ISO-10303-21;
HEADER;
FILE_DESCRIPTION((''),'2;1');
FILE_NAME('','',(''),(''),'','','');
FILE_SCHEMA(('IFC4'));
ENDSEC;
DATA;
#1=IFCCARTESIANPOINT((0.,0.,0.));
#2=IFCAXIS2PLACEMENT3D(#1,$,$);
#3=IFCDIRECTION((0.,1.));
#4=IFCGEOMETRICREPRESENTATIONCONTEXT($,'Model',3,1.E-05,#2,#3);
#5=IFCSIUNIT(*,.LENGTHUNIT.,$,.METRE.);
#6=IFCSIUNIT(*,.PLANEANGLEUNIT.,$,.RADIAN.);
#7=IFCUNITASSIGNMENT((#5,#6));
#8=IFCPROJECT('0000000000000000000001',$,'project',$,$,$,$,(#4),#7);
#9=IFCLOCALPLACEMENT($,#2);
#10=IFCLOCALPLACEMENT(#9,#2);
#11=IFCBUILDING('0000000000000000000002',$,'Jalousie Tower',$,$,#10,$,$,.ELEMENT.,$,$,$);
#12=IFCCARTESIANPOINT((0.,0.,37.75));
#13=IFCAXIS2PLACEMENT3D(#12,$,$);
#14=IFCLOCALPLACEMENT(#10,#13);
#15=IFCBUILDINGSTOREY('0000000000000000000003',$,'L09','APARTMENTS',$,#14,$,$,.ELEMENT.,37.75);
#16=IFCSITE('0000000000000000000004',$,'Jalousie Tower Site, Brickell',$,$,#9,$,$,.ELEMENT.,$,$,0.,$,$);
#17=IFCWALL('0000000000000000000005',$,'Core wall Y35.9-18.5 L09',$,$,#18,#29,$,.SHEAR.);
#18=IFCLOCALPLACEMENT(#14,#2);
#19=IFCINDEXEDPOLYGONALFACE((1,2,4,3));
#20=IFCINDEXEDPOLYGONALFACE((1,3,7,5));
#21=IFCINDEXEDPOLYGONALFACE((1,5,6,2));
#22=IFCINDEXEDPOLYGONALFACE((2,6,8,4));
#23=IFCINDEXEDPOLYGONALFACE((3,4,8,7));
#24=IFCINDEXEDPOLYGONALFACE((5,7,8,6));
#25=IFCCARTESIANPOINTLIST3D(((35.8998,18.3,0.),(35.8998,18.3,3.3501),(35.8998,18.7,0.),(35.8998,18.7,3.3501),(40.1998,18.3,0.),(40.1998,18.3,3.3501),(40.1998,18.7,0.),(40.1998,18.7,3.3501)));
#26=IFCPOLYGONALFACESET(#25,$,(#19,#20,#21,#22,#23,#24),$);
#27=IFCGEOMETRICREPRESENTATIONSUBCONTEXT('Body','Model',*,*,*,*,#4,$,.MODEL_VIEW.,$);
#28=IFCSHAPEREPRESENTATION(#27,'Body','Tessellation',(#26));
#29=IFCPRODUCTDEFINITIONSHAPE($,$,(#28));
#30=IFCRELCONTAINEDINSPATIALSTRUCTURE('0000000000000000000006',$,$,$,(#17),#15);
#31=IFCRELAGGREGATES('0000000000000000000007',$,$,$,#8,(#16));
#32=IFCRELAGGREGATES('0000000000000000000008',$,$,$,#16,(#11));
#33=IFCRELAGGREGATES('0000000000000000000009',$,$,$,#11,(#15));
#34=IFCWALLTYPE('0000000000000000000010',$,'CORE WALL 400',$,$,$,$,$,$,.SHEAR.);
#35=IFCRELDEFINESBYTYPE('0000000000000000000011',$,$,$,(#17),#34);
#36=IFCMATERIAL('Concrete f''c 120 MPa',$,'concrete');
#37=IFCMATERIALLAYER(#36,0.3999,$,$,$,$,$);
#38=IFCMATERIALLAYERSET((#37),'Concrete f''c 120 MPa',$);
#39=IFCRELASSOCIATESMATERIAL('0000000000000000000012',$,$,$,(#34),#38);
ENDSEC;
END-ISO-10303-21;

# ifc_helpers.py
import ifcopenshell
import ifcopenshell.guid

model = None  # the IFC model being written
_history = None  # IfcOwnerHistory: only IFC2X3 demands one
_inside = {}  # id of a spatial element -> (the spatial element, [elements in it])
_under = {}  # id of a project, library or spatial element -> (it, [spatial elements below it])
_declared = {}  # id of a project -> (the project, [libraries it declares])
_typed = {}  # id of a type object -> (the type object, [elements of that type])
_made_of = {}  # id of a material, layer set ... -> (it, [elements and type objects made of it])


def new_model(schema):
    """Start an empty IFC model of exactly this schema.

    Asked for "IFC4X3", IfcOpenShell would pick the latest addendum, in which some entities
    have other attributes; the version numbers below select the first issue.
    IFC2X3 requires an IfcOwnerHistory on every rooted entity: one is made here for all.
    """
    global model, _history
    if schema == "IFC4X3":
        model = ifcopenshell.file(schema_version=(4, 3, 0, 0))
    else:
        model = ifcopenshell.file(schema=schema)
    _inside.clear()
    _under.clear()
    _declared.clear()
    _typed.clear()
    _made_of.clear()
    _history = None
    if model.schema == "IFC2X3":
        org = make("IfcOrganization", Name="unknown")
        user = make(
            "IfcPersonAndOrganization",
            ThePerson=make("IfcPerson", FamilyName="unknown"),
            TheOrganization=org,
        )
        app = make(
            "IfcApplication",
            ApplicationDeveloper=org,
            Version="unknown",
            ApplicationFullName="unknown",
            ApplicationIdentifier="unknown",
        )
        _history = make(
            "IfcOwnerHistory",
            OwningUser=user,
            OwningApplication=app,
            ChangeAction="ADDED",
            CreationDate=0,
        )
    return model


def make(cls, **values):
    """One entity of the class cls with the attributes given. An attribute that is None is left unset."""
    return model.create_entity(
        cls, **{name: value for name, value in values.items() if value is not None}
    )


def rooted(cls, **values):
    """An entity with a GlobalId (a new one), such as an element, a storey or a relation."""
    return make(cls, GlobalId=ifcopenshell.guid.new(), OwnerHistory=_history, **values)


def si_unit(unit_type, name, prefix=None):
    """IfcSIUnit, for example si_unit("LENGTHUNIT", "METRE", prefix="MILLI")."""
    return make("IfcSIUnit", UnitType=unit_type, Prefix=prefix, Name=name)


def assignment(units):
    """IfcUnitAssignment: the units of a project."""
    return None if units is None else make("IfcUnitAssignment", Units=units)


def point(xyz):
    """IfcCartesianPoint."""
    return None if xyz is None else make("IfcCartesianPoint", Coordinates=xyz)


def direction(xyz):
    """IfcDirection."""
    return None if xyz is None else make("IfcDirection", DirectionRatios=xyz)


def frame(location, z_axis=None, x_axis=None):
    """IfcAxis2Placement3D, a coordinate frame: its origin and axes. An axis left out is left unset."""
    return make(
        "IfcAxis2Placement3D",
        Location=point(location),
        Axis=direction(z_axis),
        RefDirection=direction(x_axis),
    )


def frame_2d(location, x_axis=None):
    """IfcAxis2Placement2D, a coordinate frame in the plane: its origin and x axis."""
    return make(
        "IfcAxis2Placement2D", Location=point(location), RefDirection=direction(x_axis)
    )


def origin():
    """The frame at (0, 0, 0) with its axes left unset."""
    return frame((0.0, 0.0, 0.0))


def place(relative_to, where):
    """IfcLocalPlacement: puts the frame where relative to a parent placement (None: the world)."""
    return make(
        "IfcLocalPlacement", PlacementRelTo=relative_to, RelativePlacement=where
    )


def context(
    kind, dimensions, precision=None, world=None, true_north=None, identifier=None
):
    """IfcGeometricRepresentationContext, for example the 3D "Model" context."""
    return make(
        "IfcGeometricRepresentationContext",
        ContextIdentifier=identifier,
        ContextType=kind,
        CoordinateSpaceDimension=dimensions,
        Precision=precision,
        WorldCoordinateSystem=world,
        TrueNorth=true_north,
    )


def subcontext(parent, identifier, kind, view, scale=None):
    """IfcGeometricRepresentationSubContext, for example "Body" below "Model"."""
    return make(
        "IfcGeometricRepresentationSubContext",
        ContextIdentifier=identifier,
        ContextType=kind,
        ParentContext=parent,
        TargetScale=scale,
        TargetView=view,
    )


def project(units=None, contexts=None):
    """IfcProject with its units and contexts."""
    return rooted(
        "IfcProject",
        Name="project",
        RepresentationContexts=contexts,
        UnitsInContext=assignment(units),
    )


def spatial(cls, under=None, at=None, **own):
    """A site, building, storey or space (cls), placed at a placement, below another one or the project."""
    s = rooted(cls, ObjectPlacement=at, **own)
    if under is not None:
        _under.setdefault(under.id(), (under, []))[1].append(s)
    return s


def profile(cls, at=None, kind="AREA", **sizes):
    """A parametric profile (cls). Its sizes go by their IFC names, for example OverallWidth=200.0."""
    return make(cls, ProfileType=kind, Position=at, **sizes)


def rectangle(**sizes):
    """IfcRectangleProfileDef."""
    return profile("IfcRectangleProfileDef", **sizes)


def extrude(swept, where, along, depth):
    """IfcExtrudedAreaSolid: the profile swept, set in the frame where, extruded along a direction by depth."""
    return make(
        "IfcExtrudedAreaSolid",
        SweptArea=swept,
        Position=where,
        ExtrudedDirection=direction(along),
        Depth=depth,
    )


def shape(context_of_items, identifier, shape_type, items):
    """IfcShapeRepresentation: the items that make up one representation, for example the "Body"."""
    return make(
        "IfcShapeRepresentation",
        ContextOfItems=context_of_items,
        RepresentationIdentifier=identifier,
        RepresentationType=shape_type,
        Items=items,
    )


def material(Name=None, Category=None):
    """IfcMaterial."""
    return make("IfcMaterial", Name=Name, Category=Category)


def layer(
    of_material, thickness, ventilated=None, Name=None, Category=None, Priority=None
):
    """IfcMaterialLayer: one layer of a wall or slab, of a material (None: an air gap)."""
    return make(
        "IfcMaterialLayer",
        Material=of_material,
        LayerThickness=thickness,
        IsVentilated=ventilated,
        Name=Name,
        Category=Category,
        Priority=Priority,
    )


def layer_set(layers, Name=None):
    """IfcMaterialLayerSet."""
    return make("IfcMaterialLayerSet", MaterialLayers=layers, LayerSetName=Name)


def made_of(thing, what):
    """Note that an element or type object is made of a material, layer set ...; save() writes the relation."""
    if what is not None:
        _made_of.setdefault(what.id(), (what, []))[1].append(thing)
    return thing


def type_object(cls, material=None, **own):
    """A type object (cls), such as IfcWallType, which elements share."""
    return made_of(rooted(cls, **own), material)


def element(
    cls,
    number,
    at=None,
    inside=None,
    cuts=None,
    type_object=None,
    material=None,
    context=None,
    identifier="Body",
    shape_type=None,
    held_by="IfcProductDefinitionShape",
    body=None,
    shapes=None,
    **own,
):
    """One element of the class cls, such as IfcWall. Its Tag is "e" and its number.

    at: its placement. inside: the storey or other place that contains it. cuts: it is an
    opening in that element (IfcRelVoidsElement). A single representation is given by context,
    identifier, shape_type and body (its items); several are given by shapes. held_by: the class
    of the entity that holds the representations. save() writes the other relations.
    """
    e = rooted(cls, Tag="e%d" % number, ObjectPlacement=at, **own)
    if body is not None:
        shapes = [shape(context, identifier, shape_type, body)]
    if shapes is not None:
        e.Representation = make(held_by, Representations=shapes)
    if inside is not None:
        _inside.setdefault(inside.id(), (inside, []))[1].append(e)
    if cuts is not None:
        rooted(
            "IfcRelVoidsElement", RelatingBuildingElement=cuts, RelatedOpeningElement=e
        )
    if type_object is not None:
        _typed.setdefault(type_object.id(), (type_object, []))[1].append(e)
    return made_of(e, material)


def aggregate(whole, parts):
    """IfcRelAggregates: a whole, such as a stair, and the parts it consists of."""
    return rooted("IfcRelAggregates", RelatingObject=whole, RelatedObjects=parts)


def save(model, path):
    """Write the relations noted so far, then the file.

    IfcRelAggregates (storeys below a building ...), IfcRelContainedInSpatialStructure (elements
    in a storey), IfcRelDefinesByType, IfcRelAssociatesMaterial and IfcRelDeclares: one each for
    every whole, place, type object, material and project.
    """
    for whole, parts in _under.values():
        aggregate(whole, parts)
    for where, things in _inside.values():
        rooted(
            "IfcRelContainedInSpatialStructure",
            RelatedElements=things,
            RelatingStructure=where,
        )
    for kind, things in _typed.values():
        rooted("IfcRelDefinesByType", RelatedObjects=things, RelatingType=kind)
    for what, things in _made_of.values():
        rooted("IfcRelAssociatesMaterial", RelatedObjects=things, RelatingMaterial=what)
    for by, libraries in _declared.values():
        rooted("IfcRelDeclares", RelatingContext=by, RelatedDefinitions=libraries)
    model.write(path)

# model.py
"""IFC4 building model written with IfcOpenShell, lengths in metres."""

from ifc_helpers import new_model, si_unit, direction, frame, frame_2d, origin, place, context, subcontext, project, spatial, rectangle, extrude, material, layer, layer_set, type_object, element, save


model = new_model("IFC4")

# Units and contexts
model_context = context("Model", 3, precision=1e-05, world=origin(), true_north=direction((0.0, 1.0)))
body_context = subcontext(model_context, "Body", "Model", "MODEL_VIEW")
ifc_project = project(units=[si_unit("LENGTHUNIT", "METRE"), si_unit("PLANEANGLEUNIT", "RADIAN")], contexts=[model_context])

# Site, building, storey
site_placement = place(None, origin())
site = spatial("IfcSite", under=ifc_project, at=site_placement, Name="Jalousie Tower Site, Brickell", CompositionType="ELEMENT", RefElevation=0.0)
building_placement = place(site_placement, origin())
building = spatial("IfcBuilding", under=site, at=building_placement, Name="Jalousie Tower", CompositionType="ELEMENT")
storey_placement = place(building_placement, frame((0.0, 0.0, 37.75)))
storey = spatial("IfcBuildingStorey", under=building, at=storey_placement, Name="L09", Description="APARTMENTS", CompositionType="ELEMENT", Elevation=37.75)

# Shared definitions
ifc_material_1 = material(Name="Concrete f'c 120 MPa", Category="concrete")
ifc_layer = layer(ifc_material_1, 0.3999)
ifc_layer_set = layer_set([ifc_layer], Name="Concrete f'c 120 MPa")
wall_type = type_object("IfcWallType", Name="CORE WALL 400", PredefinedType="SHEAR", material=ifc_layer_set)

# Wall
wall_1_placement = place(storey_placement, frame((35.8999, 18.5, 0.0), z_axis=(0.0, 0.0, 1.0), x_axis=(1.0, 0.0, 0.0)))
element("IfcWall", 1, at=wall_1_placement, inside=storey, type_object=wall_type, Name="Core wall Y35.9-18.5 L09", PredefinedType="SHEAR", context=body_context, shape_type="SweptSolid", body=[
    extrude(rectangle(XDim=4.3, YDim=0.3999, at=frame_2d((2.1499, 0.0))), origin(), (0.0, 0.0, 1.0), 3.3501),
])

save(model, "model.ifc")
